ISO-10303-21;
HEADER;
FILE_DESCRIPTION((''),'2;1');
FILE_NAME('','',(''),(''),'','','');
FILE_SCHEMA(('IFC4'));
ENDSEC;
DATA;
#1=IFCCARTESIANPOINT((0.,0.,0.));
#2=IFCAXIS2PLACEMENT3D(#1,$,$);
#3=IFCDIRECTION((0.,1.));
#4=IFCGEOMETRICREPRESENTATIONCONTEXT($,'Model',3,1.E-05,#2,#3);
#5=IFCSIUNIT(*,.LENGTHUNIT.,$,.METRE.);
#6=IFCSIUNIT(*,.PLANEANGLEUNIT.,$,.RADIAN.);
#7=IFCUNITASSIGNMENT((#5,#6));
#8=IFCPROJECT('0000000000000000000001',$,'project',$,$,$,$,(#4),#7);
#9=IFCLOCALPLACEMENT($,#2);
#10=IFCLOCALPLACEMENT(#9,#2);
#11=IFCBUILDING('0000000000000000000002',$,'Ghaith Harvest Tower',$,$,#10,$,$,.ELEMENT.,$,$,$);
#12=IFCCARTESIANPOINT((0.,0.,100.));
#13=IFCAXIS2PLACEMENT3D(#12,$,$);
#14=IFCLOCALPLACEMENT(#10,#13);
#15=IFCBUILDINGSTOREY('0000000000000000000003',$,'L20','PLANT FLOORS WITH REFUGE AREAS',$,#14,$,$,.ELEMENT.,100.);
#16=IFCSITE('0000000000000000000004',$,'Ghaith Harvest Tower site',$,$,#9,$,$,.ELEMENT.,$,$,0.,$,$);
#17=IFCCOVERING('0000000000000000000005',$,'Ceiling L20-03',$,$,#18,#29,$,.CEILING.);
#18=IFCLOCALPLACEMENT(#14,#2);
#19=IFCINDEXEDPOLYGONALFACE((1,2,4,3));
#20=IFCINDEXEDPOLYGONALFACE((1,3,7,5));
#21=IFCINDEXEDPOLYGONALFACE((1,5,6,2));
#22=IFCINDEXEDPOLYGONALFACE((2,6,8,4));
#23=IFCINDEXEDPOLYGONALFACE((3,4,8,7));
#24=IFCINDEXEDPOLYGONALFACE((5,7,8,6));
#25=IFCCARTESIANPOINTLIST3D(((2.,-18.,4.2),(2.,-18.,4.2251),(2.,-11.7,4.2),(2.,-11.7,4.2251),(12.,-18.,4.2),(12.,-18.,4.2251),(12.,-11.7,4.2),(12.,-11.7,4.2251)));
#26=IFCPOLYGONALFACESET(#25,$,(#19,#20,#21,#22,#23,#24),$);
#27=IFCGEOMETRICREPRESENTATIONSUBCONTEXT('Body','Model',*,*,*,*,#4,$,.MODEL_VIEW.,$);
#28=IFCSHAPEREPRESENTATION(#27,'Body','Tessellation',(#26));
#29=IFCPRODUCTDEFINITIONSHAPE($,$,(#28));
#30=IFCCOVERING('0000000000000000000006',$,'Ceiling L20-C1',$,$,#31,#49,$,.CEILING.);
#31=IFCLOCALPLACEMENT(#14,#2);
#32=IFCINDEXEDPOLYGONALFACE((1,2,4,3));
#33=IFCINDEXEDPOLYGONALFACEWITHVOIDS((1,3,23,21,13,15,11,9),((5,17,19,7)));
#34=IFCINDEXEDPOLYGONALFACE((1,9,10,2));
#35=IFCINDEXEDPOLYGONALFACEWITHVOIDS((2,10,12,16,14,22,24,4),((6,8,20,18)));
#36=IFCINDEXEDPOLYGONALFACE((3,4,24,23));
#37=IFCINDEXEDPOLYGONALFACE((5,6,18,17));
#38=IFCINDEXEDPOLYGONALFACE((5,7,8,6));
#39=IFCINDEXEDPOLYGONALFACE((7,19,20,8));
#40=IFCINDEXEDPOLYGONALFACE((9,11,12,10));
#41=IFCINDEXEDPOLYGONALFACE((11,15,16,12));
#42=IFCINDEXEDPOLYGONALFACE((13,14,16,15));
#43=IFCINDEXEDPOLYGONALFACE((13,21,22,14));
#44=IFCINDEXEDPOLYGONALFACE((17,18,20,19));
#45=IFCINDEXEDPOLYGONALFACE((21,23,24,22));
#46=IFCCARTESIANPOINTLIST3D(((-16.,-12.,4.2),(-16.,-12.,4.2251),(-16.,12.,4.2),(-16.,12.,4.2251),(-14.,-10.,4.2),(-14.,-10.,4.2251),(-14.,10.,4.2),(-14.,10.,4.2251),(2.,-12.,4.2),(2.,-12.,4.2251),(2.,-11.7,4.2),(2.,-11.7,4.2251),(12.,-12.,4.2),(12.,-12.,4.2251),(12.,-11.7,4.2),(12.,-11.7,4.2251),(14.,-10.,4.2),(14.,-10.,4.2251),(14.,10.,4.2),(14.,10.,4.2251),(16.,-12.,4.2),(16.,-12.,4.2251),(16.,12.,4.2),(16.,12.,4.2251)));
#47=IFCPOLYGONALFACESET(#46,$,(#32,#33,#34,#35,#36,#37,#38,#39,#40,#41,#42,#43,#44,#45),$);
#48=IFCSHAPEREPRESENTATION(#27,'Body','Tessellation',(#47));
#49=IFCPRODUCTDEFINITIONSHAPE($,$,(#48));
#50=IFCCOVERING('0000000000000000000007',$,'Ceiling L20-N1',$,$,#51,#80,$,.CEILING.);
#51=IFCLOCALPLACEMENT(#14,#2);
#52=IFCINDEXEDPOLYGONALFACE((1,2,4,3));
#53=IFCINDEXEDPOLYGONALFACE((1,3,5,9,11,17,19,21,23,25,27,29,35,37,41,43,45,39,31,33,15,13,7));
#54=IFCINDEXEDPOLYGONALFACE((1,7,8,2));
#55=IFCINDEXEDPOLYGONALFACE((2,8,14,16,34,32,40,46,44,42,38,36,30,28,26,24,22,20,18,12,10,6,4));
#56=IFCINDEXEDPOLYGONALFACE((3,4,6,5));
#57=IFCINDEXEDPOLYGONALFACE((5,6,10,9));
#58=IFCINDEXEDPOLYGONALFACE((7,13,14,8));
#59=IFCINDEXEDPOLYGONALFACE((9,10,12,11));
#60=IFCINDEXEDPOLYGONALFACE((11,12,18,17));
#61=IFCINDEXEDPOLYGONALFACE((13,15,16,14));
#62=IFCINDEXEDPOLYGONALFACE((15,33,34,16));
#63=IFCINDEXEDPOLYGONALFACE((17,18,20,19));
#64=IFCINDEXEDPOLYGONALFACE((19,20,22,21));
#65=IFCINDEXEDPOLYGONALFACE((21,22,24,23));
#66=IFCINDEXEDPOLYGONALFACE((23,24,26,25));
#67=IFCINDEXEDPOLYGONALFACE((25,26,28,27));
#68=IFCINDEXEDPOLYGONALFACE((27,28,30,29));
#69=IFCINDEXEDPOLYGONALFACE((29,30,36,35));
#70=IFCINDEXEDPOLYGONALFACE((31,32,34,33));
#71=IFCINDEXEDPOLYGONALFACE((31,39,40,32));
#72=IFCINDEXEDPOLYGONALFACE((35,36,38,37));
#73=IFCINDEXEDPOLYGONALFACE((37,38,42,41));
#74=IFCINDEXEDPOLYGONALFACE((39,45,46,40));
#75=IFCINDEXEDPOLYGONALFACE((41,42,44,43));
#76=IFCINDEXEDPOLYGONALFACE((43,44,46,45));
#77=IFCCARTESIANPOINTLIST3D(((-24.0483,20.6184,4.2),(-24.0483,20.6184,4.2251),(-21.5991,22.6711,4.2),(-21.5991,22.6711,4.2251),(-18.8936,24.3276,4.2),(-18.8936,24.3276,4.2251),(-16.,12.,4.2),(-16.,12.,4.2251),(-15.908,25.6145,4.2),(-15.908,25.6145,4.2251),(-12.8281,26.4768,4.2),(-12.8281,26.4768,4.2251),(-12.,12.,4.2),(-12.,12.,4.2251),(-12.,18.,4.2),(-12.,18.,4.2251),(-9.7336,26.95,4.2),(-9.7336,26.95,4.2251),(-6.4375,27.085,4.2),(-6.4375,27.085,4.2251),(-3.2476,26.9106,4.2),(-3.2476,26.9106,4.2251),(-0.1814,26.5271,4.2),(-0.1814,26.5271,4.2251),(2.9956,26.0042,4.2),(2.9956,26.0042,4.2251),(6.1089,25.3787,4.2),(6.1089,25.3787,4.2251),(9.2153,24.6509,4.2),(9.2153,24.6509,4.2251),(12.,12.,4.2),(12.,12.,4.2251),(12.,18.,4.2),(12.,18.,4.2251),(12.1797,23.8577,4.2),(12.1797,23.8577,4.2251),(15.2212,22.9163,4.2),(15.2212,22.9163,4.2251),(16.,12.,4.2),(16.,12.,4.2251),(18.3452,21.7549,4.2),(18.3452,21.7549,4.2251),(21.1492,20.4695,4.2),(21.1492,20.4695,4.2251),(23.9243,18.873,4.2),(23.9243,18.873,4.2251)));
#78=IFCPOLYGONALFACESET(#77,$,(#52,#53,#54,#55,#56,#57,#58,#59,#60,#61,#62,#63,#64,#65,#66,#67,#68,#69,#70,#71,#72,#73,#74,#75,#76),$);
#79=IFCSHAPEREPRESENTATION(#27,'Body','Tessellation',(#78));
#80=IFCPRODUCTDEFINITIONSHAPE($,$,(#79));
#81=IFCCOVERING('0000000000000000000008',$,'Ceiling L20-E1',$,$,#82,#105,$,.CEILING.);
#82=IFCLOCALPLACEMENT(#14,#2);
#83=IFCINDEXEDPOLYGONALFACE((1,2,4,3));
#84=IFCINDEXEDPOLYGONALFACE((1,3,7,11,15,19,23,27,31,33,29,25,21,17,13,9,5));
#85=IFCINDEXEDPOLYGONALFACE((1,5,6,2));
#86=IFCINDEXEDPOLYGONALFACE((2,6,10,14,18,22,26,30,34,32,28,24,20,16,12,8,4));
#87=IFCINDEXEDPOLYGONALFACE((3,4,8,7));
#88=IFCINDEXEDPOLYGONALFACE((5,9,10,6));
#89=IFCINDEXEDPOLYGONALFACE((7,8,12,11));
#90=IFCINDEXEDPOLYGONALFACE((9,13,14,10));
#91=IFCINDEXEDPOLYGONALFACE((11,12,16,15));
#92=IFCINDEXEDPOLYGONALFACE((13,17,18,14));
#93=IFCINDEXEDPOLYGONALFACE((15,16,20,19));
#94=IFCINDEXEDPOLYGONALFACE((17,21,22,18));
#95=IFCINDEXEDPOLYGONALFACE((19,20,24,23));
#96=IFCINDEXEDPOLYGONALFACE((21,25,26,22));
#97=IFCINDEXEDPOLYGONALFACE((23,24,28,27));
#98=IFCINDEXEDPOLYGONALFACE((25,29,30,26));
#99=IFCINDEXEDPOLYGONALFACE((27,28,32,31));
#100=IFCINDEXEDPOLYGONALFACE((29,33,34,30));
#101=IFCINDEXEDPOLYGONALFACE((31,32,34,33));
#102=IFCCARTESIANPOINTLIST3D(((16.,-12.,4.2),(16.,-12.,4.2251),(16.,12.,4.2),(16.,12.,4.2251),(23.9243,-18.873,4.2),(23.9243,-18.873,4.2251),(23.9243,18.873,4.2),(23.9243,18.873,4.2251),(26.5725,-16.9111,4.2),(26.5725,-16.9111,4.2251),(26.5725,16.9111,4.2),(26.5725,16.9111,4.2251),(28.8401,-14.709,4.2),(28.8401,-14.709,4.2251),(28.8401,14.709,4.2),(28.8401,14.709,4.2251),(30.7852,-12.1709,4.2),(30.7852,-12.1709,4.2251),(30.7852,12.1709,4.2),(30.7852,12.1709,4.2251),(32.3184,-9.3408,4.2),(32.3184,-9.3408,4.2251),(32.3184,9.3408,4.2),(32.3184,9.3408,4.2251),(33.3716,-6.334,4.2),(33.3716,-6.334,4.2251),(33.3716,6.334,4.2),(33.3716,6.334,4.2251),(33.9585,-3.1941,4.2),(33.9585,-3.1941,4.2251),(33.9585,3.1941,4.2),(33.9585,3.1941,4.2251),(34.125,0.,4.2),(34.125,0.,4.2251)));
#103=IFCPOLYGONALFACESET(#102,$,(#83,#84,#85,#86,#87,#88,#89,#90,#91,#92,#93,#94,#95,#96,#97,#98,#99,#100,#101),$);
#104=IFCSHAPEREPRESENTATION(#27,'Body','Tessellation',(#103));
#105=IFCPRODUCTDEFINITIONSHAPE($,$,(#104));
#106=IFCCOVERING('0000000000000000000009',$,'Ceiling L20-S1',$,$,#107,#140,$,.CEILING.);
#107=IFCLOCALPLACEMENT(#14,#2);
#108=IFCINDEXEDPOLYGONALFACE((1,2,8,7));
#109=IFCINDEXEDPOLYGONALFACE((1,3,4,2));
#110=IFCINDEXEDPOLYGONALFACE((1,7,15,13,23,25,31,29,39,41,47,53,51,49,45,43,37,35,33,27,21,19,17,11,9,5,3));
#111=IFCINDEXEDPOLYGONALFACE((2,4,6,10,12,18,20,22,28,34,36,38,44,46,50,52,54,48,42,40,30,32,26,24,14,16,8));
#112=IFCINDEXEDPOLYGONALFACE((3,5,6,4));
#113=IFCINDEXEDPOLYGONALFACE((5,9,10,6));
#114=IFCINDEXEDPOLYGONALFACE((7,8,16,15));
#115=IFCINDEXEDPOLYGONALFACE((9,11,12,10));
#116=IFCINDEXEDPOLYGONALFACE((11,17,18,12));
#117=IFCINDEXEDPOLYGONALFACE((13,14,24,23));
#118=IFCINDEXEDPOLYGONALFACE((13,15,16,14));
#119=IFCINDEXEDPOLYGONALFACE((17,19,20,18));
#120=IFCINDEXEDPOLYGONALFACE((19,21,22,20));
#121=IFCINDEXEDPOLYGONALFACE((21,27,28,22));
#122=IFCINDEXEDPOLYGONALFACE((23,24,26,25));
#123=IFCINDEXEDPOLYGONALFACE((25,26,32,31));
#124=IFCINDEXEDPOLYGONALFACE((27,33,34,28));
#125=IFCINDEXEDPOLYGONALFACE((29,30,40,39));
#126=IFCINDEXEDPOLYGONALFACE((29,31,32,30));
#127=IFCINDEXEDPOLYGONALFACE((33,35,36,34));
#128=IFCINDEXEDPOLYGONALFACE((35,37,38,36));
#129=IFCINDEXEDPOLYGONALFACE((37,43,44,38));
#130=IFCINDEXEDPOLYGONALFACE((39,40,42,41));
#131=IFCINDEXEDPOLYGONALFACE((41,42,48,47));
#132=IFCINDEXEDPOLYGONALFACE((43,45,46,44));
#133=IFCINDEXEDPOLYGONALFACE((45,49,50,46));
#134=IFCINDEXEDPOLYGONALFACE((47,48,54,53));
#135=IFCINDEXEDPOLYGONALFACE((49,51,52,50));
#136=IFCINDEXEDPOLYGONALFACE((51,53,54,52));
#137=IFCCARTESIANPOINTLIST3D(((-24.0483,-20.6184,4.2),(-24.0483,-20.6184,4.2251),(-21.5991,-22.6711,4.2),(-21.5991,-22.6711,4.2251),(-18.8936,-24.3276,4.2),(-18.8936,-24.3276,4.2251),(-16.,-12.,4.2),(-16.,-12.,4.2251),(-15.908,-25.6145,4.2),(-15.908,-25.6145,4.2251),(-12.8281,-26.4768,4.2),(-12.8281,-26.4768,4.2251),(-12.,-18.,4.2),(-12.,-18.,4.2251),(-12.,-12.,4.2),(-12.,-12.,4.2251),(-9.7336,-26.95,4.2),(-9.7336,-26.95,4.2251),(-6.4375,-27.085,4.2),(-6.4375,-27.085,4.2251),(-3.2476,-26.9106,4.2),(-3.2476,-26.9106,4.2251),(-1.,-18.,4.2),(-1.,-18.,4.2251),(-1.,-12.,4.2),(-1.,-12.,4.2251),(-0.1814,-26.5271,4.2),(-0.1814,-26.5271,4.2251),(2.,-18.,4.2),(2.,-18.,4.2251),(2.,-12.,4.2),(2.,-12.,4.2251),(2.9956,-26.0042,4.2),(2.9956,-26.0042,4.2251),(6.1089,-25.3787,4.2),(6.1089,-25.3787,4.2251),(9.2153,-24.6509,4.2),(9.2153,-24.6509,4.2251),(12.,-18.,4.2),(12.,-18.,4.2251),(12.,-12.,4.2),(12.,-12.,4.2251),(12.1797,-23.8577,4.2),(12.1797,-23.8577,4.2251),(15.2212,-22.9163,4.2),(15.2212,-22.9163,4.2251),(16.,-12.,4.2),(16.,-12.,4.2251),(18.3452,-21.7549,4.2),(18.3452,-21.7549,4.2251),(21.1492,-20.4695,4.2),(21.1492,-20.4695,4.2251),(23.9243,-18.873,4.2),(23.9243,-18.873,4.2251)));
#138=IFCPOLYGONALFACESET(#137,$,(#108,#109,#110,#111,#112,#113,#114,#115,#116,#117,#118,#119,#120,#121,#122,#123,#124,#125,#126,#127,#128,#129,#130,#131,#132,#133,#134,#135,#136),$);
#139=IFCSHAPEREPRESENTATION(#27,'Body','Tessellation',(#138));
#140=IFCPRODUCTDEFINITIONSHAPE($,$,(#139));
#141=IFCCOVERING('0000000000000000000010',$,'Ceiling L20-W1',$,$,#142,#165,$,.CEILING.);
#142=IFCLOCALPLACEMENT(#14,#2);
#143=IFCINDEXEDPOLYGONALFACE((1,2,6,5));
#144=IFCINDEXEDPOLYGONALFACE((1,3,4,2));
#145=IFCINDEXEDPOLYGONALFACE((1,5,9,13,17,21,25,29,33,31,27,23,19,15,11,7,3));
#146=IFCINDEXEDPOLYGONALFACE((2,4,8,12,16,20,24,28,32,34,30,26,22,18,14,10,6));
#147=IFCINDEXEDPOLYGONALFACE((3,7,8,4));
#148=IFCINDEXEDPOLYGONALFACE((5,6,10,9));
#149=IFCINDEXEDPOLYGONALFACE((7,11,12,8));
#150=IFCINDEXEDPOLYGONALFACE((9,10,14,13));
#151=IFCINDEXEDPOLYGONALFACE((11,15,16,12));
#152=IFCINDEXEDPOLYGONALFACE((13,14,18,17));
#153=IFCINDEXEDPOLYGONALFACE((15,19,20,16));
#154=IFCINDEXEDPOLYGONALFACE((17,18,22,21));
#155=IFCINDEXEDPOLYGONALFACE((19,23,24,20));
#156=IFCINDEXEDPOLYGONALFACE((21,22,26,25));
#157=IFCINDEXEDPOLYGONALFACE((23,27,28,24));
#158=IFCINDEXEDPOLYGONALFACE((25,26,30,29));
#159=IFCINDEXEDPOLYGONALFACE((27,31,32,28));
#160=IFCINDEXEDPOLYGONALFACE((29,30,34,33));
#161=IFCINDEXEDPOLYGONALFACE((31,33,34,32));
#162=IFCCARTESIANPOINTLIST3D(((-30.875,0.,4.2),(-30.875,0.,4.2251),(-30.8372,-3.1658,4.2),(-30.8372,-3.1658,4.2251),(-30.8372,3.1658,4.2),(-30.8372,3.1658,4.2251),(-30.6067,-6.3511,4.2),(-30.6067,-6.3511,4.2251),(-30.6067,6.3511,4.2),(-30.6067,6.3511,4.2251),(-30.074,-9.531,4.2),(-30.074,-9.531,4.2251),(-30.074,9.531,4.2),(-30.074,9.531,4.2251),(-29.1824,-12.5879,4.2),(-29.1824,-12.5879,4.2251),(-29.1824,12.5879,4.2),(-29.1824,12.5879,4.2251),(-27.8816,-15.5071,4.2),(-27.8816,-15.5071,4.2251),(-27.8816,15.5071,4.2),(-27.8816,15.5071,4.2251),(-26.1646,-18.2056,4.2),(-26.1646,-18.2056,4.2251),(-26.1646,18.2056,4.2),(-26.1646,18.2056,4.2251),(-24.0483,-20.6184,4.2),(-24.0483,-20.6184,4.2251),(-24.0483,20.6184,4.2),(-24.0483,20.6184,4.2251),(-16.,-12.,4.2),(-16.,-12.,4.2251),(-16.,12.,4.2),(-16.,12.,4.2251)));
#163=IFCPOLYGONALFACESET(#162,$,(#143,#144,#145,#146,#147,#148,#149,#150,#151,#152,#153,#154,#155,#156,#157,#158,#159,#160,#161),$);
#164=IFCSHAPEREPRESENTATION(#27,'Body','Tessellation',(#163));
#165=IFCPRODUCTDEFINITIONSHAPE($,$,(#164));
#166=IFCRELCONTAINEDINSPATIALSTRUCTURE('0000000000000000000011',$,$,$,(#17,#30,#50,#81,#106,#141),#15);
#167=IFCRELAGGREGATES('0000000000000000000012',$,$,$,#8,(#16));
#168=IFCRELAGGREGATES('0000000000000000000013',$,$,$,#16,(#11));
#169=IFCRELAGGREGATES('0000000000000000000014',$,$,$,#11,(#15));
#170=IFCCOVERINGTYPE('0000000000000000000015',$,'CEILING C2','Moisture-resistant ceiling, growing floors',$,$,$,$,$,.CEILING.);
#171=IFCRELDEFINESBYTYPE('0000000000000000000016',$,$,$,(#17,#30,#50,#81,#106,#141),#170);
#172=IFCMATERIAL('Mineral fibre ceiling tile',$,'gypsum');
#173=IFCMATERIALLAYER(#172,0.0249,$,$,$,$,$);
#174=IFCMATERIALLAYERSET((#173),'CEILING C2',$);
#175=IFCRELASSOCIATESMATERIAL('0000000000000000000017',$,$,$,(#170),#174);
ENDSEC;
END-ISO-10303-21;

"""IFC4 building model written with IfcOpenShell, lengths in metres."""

from ifc_helpers import new_model, si_unit, direction, frame, origin, place, context, subcontext, project, spatial, polyline, outline, extrude, material, layer, layer_set, type_object, element, save


model = new_model("IFC4")

# Units and contexts
model_context = context("Model", 3, precision=1e-05, world=origin(), true_north=direction((0.0, 1.0)))
body_context = subcontext(model_context, "Body", "Model", "MODEL_VIEW")
ifc_project = project(units=[si_unit("LENGTHUNIT", "METRE"), si_unit("PLANEANGLEUNIT", "RADIAN")], contexts=[model_context])

# Site, building, storey
site_placement = place(None, origin())
site = spatial("IfcSite", under=ifc_project, at=site_placement, Name="Ghaith Harvest Tower site", CompositionType="ELEMENT", RefElevation=0.0)
building_placement = place(site_placement, origin())
building = spatial("IfcBuilding", under=site, at=building_placement, Name="Ghaith Harvest Tower", CompositionType="ELEMENT")
storey_placement = place(building_placement, frame((0.0, 0.0, 100.0)))
storey = spatial("IfcBuildingStorey", under=building, at=storey_placement, Name="L20", Description="PLANT FLOORS WITH REFUGE AREAS", CompositionType="ELEMENT", Elevation=100.0)

# Coverings
ifc_material_1 = material(Name="Mineral fibre ceiling tile", Category="gypsum")
ifc_layer_1 = layer(ifc_material_1, 0.0249)
ifc_layer_set_1 = layer_set([ifc_layer_1], Name="CEILING C2")
covering_type = type_object("IfcCoveringType", Name="CEILING C2", Description="Moisture-resistant ceiling, growing floors", PredefinedType="CEILING", material=ifc_layer_set_1)
covering_1_placement = place(storey_placement, frame((0.0, 0.0, 4.2)))
element("IfcCovering", 1, at=covering_1_placement, inside=storey, type_object=covering_type, Name="Ceiling L20-03", PredefinedType="CEILING", context=body_context, shape_type="SweptSolid", body=[
    extrude(outline(polyline([(2.0, -18.0), (12.0, -18.0), (12.0, -11.7), (2.0, -11.7), (2.0, -18.0)])), origin(), (0.0, 0.0, 1.0), 0.0251),
])
covering_2_placement = place(storey_placement, frame((0.0, 0.0, 4.2)))
element("IfcCovering", 2, at=covering_2_placement, inside=storey, type_object=covering_type, Name="Ceiling L20-C1", PredefinedType="CEILING", context=body_context, shape_type="SweptSolid", body=[
    extrude(outline(polyline([(-16.0, 12.0), (16.0, 12.0), (16.0, -12.0), (12.0, -12.0), (12.0, -11.7), (2.0, -11.7), (2.0, -12.0), (-16.0, -12.0), (-16.0, 12.0)]), holes=[polyline([(14.0, -10.0), (14.0, 10.0), (-14.0, 10.0), (-14.0, -10.0), (14.0, -10.0)])]), origin(), (0.0, 0.0, 1.0), 0.0251),
])
covering_3_placement = place(storey_placement, frame((0.0, 0.0, 4.2)))
element("IfcCovering", 3, at=covering_3_placement, inside=storey, type_object=covering_type, Name="Ceiling L20-N1", PredefinedType="CEILING", context=body_context, shape_type="SweptSolid", body=[
    extrude(outline(polyline([(-21.5991, 22.6711), (-18.8936, 24.3276), (-15.908, 25.6145), (-12.8281, 26.4768), (-9.7336, 26.95), (-6.4375, 27.085), (-3.2476, 26.9106), (-0.1814, 26.5271), (2.9956, 26.0042), (6.1089, 25.3787), (9.2153, 24.6509), (12.1797, 23.8577), (15.2212, 22.9163), (18.3452, 21.7549), (21.1492, 20.4695), (23.9243, 18.873), (16.0, 12.0), (12.0, 12.0), (12.0, 18.0), (-12.0, 18.0), (-12.0, 12.0), (-16.0, 12.0), (-24.0483, 20.6184), (-21.5991, 22.6711)])), origin(), (0.0, 0.0, 1.0), 0.0251),
])
covering_4_placement = place(storey_placement, frame((0.0, 0.0, 4.2)))
element("IfcCovering", 4, at=covering_4_placement, inside=storey, type_object=covering_type, Name="Ceiling L20-E1", PredefinedType="CEILING", context=body_context, shape_type="SweptSolid", body=[
    extrude(outline(polyline([(26.5725, -16.9111), (23.9243, -18.873), (16.0, -12.0), (16.0, 12.0), (23.9243, 18.873), (26.5725, 16.9111), (28.8401, 14.709), (30.7852, 12.1709), (32.3184, 9.3408), (33.3716, 6.334), (33.9585, 3.1941), (34.125, 0.0), (33.9585, -3.1941), (33.3716, -6.334), (32.3184, -9.3408), (30.7852, -12.1709), (28.8401, -14.709), (26.5725, -16.9111)])), origin(), (0.0, 0.0, 1.0), 0.0251),
])
covering_5_placement = place(storey_placement, frame((0.0, 0.0, 4.2)))
element("IfcCovering", 5, at=covering_5_placement, inside=storey, type_object=covering_type, Name="Ceiling L20-S1", PredefinedType="CEILING", context=body_context, shape_type="SweptSolid", body=[
    extrude(outline(polyline([(21.1492, -20.4695), (18.3452, -21.7549), (15.2212, -22.9163), (12.1797, -23.8577), (9.2153, -24.6509), (6.1089, -25.3787), (2.9956, -26.0042), (-0.1814, -26.5271), (-3.2476, -26.9106), (-6.4375, -27.085), (-9.7336, -26.95), (-12.8281, -26.4768), (-15.908, -25.6145), (-18.8936, -24.3276), (-21.5991, -22.6711), (-24.0483, -20.6184), (-16.0, -12.0), (-12.0, -12.0), (-12.0, -18.0), (-1.0, -18.0), (-1.0, -12.0), (2.0, -12.0), (2.0, -18.0), (12.0, -18.0), (12.0, -12.0), (16.0, -12.0), (23.9243, -18.873), (21.1492, -20.4695)])), origin(), (0.0, 0.0, 1.0), 0.0251),
])
covering_6_placement = place(storey_placement, frame((0.0, 0.0, 4.2)))
element("IfcCovering", 6, at=covering_6_placement, inside=storey, type_object=covering_type, Name="Ceiling L20-W1", PredefinedType="CEILING", context=body_context, shape_type="SweptSolid", body=[
    extrude(outline(polyline([(-26.1646, -18.2056), (-27.8816, -15.5071), (-29.1824, -12.5879), (-30.074, -9.531), (-30.6067, -6.3511), (-30.8372, -3.1658), (-30.875, 0.0), (-30.8372, 3.1658), (-30.6067, 6.3511), (-30.074, 9.531), (-29.1824, 12.5879), (-27.8816, 15.5071), (-26.1646, 18.2056), (-24.0483, 20.6184), (-16.0, 12.0), (-16.0, -12.0), (-24.0483, -20.6184), (-26.1646, -18.2056)])), origin(), (0.0, 0.0, 1.0), 0.0251),
])

save(model, "model.ifc")
